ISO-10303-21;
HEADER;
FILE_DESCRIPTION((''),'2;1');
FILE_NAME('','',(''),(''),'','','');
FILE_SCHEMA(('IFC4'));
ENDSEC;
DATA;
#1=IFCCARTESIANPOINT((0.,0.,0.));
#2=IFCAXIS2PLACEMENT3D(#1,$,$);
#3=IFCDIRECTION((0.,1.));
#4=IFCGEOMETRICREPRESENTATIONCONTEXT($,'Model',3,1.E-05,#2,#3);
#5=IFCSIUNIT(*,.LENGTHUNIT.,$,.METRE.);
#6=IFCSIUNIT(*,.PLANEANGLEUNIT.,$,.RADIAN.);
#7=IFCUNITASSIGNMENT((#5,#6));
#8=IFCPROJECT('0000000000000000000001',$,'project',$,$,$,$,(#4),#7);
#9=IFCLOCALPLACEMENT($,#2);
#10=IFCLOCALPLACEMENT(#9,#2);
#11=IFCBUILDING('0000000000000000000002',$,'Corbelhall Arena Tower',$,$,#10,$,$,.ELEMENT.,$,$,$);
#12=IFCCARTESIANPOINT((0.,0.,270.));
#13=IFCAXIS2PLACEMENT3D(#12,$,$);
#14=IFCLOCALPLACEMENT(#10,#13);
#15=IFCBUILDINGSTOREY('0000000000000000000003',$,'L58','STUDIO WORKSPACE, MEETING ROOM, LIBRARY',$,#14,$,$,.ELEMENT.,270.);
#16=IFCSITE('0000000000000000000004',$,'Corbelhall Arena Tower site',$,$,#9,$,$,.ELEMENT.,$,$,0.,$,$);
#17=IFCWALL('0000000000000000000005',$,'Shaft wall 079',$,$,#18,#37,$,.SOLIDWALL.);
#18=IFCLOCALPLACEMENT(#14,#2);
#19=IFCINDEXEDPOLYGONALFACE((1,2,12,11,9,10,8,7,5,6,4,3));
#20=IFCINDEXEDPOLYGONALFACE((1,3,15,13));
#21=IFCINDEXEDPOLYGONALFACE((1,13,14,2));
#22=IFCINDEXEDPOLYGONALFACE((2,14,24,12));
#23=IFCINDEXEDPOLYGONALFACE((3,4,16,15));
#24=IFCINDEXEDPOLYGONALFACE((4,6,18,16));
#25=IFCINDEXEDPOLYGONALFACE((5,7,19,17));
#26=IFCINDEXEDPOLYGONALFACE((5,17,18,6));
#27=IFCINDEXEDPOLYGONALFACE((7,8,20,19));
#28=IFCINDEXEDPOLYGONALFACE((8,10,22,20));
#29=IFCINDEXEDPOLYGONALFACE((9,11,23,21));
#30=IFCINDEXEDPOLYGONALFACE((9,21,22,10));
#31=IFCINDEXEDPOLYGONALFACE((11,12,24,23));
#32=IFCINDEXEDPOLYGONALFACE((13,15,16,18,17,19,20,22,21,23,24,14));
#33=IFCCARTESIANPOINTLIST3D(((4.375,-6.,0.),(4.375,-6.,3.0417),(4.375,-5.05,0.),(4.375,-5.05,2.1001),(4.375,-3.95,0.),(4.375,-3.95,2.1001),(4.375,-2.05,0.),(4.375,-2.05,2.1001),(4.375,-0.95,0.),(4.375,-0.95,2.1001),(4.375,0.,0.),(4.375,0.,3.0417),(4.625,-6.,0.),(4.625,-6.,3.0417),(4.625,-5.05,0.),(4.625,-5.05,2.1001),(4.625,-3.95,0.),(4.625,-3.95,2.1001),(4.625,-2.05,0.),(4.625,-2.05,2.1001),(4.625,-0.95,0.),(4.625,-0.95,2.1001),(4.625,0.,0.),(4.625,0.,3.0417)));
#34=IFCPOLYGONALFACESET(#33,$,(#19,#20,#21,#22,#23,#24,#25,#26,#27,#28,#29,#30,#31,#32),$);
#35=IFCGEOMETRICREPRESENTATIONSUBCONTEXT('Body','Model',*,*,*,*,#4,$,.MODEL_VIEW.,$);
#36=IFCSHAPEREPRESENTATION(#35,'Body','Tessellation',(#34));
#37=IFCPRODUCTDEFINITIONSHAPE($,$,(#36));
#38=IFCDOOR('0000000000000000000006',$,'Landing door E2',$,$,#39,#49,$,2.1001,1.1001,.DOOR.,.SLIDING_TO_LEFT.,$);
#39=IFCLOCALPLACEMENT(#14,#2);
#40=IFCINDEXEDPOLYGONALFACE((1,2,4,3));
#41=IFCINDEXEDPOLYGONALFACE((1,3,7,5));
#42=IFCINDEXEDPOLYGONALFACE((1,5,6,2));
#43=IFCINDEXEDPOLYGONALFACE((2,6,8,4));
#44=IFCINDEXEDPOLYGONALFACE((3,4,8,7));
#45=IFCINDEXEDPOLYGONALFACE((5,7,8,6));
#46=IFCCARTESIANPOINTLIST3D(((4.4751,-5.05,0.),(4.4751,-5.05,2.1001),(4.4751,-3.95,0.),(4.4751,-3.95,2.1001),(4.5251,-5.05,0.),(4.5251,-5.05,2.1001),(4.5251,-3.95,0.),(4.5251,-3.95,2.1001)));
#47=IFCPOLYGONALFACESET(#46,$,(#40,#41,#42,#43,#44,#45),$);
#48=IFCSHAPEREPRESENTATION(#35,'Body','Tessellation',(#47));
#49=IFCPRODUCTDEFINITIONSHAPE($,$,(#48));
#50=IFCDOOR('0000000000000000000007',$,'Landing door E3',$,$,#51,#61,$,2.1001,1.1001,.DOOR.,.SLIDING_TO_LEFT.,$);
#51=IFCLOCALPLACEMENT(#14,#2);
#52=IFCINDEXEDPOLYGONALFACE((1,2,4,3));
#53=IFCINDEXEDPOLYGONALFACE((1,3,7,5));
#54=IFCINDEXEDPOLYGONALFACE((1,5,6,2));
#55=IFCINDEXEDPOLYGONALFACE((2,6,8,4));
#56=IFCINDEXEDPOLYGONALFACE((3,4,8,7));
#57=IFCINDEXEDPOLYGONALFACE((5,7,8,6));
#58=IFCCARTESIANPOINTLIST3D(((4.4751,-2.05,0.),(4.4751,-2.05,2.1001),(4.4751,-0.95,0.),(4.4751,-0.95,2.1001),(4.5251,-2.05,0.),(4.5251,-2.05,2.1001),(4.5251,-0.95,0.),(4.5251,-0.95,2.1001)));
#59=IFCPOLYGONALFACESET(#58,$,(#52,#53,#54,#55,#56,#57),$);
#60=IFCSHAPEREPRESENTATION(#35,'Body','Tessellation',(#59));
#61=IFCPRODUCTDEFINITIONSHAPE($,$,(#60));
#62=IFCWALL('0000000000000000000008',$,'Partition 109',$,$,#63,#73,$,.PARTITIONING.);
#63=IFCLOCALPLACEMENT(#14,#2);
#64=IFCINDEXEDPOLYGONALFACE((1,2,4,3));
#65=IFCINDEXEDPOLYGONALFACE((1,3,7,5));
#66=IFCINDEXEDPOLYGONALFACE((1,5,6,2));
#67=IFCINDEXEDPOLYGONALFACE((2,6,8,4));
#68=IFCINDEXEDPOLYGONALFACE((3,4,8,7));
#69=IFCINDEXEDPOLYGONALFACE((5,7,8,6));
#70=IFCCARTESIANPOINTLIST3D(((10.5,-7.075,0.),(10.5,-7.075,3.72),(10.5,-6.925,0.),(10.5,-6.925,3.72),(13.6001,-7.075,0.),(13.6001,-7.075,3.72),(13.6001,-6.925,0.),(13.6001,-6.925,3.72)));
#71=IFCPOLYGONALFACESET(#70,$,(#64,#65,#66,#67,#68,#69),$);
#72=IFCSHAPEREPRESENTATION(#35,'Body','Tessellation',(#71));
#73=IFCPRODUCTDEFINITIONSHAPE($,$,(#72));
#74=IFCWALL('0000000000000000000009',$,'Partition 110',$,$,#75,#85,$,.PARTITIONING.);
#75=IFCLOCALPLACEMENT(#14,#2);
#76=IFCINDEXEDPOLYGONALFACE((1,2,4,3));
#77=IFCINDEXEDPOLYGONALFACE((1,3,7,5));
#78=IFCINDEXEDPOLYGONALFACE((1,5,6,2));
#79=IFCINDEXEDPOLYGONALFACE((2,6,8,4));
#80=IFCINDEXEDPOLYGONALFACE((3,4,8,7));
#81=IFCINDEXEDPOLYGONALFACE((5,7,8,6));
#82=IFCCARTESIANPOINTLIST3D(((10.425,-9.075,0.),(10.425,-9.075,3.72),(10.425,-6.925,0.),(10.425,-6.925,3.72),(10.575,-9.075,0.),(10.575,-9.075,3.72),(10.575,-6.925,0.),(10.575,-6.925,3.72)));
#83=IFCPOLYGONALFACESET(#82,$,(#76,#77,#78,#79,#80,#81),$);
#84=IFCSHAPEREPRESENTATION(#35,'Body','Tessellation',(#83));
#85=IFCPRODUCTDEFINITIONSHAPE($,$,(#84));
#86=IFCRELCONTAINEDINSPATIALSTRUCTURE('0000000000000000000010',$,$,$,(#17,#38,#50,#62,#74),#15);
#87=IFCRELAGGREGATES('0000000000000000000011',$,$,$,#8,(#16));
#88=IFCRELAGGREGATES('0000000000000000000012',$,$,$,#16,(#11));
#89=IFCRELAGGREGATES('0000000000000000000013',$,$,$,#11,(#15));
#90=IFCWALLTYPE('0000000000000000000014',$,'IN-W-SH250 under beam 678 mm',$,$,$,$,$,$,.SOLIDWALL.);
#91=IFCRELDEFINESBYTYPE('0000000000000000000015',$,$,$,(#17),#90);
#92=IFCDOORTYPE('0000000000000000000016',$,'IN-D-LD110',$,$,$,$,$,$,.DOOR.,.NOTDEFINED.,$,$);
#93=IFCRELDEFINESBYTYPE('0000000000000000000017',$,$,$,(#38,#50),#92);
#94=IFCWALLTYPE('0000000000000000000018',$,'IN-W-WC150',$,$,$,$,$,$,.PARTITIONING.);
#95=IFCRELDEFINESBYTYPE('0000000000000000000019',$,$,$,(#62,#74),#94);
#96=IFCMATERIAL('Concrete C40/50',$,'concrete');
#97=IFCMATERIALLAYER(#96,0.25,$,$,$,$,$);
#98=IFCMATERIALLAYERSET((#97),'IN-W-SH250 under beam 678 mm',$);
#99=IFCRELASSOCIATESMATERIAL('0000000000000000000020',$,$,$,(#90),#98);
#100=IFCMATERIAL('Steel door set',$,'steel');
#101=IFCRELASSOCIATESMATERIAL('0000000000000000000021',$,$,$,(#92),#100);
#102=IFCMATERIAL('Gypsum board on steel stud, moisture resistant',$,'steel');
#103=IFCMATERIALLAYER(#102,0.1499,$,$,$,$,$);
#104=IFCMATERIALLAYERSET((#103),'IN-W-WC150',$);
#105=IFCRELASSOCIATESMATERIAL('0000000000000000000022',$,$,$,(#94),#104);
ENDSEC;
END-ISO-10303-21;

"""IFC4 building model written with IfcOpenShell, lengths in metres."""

from ifc_helpers import new_model, si_unit, direction, frame, frame_2d, origin, place, context, subcontext, project, spatial, rectangle, extrude, material, layer, layer_set, type_object, element, fill, save


model = new_model("IFC4")

# Units and contexts
model_context = context("Model", 3, precision=1e-05, world=origin(), true_north=direction((0.0, 1.0)))
body_context = subcontext(model_context, "Body", "Model", "MODEL_VIEW")
ifc_project = project(units=[si_unit("LENGTHUNIT", "METRE"), si_unit("PLANEANGLEUNIT", "RADIAN")], contexts=[model_context])

# Site, building, storey
site_placement = place(None, origin())
site = spatial("IfcSite", under=ifc_project, at=site_placement, Name="Corbelhall Arena Tower site", CompositionType="ELEMENT", RefElevation=0.0)
building_placement = place(site_placement, origin())
building = spatial("IfcBuilding", under=site, at=building_placement, Name="Corbelhall Arena Tower", CompositionType="ELEMENT")
storey_placement = place(building_placement, frame((0.0, 0.0, 270.0)))
storey = spatial("IfcBuildingStorey", under=building, at=storey_placement, Name="L58", Description="STUDIO WORKSPACE, MEETING ROOM, LIBRARY", CompositionType="ELEMENT", Elevation=270.0)

# Shared definitions
ifc_material_1 = material(Name="Concrete C40/50", Category="concrete")

# Shared definitions
ifc_material_2 = material(Name="Steel door set", Category="steel")

# Wall, openings, doors
ifc_layer_1 = layer(ifc_material_1, 0.25)
ifc_layer_set_1 = layer_set([ifc_layer_1], Name="IN-W-SH250 under beam 678 mm")
wall_type_1 = type_object("IfcWallType", Name="IN-W-SH250 under beam 678 mm", PredefinedType="SOLIDWALL", material=ifc_layer_set_1)
wall_1_placement = place(storey_placement, frame((4.5, -6.0, 0.0), z_axis=(0.0, 0.0, 1.0), x_axis=(0.0, 1.0, 0.0)))
wall_1 = element("IfcWall", 1, at=wall_1_placement, inside=storey, type_object=wall_type_1, Name="Shaft wall 079", PredefinedType="SOLIDWALL", context=body_context, shape_type="SweptSolid", body=[
    extrude(rectangle(XDim=6.0, YDim=0.25, at=frame_2d((3.0, 0.0))), origin(), (0.0, 0.0, 1.0), 3.0417),
])
opening_1_placement = place(wall_1_placement, frame((0.95, 0.0, 0.0)))
opening_1 = element("IfcOpeningElement", 2, at=opening_1_placement, cuts=wall_1, PredefinedType="OPENING", context=body_context, shape_type="SweptSolid", body=[
    extrude(rectangle(XDim=1.1001, YDim=2.1001, at=frame_2d((0.55, 1.05))), frame((0.0, 0.125, 0.0), z_axis=(0.0, -1.0, 0.0), x_axis=(1.0, 0.0, 0.0)), (0.0, 0.0, 1.0), 0.25),
])
opening_2_placement = place(wall_1_placement, frame((3.95, 0.0, 0.0)))
opening_2 = element("IfcOpeningElement", 3, at=opening_2_placement, cuts=wall_1, PredefinedType="OPENING", context=body_context, shape_type="SweptSolid", body=[
    extrude(rectangle(XDim=1.1001, YDim=2.1001, at=frame_2d((0.55, 1.05))), frame((0.0, 0.125, 0.0), z_axis=(0.0, -1.0, 0.0), x_axis=(1.0, 0.0, 0.0)), (0.0, 0.0, 1.0), 0.25),
])
door_type_1 = type_object("IfcDoorType", Name="IN-D-LD110", OperationType="NOTDEFINED", PredefinedType="DOOR", material=ifc_material_2)
door_1_placement = place(opening_1_placement, origin())
door_1 = element("IfcDoor", 4, at=door_1_placement, inside=storey, type_object=door_type_1, Name="Landing door E2", OperationType="SLIDING_TO_LEFT", OverallHeight=2.1001, OverallWidth=1.1001, PredefinedType="DOOR", context=body_context, shape_type="SweptSolid", body=[
    extrude(rectangle(XDim=1.1001, YDim=2.1001, at=frame_2d((0.55, 1.05))), frame((0.0, 0.0249, 0.0), z_axis=(0.0, -1.0, 0.0), x_axis=(1.0, 0.0, 0.0)), (0.0, 0.0, 1.0), 0.05),
])
fill(opening_1, door_1)
door_2_placement = place(opening_2_placement, origin())
door_2 = element("IfcDoor", 5, at=door_2_placement, inside=storey, type_object=door_type_1, Name="Landing door E3", OperationType="SLIDING_TO_LEFT", OverallHeight=2.1001, OverallWidth=1.1001, PredefinedType="DOOR", context=body_context, shape_type="SweptSolid", body=[
    extrude(rectangle(XDim=1.1001, YDim=2.1001, at=frame_2d((0.55, 1.05))), frame((0.0, 0.0249, 0.0), z_axis=(0.0, -1.0, 0.0), x_axis=(1.0, 0.0, 0.0)), (0.0, 0.0, 1.0), 0.05),
])
fill(opening_2, door_2)

# Walls
ifc_material_3 = material(Name="Gypsum board on steel stud, moisture resistant", Category="steel")
ifc_layer_2 = layer(ifc_material_3, 0.1499)
ifc_layer_set_2 = layer_set([ifc_layer_2], Name="IN-W-WC150")
wall_type_2 = type_object("IfcWallType", Name="IN-W-WC150", PredefinedType="PARTITIONING", material=ifc_layer_set_2)
wall_2_placement = place(storey_placement, frame((10.5, -7.0, 0.0), z_axis=(0.0, 0.0, 1.0), x_axis=(1.0, 0.0, 0.0)))
element("IfcWall", 6, at=wall_2_placement, inside=storey, type_object=wall_type_2, Name="Partition 109", PredefinedType="PARTITIONING", context=body_context, shape_type="SweptSolid", body=[
    extrude(rectangle(XDim=3.1001, YDim=0.1499, at=frame_2d((1.55, 0.0))), origin(), (0.0, 0.0, 1.0), 3.72),
])
wall_3_placement = place(storey_placement, frame((10.5, -6.925, 0.0), z_axis=(0.0, 0.0, 1.0), x_axis=(0.0, -1.0, 0.0)))
element("IfcWall", 7, at=wall_3_placement, inside=storey, type_object=wall_type_2, Name="Partition 110", PredefinedType="PARTITIONING", context=body_context, shape_type="SweptSolid", body=[
    extrude(rectangle(XDim=2.1499, YDim=0.1499, at=frame_2d((1.075, 0.0))), origin(), (0.0, 0.0, 1.0), 3.72),
])

save(model, "model.ifc")
